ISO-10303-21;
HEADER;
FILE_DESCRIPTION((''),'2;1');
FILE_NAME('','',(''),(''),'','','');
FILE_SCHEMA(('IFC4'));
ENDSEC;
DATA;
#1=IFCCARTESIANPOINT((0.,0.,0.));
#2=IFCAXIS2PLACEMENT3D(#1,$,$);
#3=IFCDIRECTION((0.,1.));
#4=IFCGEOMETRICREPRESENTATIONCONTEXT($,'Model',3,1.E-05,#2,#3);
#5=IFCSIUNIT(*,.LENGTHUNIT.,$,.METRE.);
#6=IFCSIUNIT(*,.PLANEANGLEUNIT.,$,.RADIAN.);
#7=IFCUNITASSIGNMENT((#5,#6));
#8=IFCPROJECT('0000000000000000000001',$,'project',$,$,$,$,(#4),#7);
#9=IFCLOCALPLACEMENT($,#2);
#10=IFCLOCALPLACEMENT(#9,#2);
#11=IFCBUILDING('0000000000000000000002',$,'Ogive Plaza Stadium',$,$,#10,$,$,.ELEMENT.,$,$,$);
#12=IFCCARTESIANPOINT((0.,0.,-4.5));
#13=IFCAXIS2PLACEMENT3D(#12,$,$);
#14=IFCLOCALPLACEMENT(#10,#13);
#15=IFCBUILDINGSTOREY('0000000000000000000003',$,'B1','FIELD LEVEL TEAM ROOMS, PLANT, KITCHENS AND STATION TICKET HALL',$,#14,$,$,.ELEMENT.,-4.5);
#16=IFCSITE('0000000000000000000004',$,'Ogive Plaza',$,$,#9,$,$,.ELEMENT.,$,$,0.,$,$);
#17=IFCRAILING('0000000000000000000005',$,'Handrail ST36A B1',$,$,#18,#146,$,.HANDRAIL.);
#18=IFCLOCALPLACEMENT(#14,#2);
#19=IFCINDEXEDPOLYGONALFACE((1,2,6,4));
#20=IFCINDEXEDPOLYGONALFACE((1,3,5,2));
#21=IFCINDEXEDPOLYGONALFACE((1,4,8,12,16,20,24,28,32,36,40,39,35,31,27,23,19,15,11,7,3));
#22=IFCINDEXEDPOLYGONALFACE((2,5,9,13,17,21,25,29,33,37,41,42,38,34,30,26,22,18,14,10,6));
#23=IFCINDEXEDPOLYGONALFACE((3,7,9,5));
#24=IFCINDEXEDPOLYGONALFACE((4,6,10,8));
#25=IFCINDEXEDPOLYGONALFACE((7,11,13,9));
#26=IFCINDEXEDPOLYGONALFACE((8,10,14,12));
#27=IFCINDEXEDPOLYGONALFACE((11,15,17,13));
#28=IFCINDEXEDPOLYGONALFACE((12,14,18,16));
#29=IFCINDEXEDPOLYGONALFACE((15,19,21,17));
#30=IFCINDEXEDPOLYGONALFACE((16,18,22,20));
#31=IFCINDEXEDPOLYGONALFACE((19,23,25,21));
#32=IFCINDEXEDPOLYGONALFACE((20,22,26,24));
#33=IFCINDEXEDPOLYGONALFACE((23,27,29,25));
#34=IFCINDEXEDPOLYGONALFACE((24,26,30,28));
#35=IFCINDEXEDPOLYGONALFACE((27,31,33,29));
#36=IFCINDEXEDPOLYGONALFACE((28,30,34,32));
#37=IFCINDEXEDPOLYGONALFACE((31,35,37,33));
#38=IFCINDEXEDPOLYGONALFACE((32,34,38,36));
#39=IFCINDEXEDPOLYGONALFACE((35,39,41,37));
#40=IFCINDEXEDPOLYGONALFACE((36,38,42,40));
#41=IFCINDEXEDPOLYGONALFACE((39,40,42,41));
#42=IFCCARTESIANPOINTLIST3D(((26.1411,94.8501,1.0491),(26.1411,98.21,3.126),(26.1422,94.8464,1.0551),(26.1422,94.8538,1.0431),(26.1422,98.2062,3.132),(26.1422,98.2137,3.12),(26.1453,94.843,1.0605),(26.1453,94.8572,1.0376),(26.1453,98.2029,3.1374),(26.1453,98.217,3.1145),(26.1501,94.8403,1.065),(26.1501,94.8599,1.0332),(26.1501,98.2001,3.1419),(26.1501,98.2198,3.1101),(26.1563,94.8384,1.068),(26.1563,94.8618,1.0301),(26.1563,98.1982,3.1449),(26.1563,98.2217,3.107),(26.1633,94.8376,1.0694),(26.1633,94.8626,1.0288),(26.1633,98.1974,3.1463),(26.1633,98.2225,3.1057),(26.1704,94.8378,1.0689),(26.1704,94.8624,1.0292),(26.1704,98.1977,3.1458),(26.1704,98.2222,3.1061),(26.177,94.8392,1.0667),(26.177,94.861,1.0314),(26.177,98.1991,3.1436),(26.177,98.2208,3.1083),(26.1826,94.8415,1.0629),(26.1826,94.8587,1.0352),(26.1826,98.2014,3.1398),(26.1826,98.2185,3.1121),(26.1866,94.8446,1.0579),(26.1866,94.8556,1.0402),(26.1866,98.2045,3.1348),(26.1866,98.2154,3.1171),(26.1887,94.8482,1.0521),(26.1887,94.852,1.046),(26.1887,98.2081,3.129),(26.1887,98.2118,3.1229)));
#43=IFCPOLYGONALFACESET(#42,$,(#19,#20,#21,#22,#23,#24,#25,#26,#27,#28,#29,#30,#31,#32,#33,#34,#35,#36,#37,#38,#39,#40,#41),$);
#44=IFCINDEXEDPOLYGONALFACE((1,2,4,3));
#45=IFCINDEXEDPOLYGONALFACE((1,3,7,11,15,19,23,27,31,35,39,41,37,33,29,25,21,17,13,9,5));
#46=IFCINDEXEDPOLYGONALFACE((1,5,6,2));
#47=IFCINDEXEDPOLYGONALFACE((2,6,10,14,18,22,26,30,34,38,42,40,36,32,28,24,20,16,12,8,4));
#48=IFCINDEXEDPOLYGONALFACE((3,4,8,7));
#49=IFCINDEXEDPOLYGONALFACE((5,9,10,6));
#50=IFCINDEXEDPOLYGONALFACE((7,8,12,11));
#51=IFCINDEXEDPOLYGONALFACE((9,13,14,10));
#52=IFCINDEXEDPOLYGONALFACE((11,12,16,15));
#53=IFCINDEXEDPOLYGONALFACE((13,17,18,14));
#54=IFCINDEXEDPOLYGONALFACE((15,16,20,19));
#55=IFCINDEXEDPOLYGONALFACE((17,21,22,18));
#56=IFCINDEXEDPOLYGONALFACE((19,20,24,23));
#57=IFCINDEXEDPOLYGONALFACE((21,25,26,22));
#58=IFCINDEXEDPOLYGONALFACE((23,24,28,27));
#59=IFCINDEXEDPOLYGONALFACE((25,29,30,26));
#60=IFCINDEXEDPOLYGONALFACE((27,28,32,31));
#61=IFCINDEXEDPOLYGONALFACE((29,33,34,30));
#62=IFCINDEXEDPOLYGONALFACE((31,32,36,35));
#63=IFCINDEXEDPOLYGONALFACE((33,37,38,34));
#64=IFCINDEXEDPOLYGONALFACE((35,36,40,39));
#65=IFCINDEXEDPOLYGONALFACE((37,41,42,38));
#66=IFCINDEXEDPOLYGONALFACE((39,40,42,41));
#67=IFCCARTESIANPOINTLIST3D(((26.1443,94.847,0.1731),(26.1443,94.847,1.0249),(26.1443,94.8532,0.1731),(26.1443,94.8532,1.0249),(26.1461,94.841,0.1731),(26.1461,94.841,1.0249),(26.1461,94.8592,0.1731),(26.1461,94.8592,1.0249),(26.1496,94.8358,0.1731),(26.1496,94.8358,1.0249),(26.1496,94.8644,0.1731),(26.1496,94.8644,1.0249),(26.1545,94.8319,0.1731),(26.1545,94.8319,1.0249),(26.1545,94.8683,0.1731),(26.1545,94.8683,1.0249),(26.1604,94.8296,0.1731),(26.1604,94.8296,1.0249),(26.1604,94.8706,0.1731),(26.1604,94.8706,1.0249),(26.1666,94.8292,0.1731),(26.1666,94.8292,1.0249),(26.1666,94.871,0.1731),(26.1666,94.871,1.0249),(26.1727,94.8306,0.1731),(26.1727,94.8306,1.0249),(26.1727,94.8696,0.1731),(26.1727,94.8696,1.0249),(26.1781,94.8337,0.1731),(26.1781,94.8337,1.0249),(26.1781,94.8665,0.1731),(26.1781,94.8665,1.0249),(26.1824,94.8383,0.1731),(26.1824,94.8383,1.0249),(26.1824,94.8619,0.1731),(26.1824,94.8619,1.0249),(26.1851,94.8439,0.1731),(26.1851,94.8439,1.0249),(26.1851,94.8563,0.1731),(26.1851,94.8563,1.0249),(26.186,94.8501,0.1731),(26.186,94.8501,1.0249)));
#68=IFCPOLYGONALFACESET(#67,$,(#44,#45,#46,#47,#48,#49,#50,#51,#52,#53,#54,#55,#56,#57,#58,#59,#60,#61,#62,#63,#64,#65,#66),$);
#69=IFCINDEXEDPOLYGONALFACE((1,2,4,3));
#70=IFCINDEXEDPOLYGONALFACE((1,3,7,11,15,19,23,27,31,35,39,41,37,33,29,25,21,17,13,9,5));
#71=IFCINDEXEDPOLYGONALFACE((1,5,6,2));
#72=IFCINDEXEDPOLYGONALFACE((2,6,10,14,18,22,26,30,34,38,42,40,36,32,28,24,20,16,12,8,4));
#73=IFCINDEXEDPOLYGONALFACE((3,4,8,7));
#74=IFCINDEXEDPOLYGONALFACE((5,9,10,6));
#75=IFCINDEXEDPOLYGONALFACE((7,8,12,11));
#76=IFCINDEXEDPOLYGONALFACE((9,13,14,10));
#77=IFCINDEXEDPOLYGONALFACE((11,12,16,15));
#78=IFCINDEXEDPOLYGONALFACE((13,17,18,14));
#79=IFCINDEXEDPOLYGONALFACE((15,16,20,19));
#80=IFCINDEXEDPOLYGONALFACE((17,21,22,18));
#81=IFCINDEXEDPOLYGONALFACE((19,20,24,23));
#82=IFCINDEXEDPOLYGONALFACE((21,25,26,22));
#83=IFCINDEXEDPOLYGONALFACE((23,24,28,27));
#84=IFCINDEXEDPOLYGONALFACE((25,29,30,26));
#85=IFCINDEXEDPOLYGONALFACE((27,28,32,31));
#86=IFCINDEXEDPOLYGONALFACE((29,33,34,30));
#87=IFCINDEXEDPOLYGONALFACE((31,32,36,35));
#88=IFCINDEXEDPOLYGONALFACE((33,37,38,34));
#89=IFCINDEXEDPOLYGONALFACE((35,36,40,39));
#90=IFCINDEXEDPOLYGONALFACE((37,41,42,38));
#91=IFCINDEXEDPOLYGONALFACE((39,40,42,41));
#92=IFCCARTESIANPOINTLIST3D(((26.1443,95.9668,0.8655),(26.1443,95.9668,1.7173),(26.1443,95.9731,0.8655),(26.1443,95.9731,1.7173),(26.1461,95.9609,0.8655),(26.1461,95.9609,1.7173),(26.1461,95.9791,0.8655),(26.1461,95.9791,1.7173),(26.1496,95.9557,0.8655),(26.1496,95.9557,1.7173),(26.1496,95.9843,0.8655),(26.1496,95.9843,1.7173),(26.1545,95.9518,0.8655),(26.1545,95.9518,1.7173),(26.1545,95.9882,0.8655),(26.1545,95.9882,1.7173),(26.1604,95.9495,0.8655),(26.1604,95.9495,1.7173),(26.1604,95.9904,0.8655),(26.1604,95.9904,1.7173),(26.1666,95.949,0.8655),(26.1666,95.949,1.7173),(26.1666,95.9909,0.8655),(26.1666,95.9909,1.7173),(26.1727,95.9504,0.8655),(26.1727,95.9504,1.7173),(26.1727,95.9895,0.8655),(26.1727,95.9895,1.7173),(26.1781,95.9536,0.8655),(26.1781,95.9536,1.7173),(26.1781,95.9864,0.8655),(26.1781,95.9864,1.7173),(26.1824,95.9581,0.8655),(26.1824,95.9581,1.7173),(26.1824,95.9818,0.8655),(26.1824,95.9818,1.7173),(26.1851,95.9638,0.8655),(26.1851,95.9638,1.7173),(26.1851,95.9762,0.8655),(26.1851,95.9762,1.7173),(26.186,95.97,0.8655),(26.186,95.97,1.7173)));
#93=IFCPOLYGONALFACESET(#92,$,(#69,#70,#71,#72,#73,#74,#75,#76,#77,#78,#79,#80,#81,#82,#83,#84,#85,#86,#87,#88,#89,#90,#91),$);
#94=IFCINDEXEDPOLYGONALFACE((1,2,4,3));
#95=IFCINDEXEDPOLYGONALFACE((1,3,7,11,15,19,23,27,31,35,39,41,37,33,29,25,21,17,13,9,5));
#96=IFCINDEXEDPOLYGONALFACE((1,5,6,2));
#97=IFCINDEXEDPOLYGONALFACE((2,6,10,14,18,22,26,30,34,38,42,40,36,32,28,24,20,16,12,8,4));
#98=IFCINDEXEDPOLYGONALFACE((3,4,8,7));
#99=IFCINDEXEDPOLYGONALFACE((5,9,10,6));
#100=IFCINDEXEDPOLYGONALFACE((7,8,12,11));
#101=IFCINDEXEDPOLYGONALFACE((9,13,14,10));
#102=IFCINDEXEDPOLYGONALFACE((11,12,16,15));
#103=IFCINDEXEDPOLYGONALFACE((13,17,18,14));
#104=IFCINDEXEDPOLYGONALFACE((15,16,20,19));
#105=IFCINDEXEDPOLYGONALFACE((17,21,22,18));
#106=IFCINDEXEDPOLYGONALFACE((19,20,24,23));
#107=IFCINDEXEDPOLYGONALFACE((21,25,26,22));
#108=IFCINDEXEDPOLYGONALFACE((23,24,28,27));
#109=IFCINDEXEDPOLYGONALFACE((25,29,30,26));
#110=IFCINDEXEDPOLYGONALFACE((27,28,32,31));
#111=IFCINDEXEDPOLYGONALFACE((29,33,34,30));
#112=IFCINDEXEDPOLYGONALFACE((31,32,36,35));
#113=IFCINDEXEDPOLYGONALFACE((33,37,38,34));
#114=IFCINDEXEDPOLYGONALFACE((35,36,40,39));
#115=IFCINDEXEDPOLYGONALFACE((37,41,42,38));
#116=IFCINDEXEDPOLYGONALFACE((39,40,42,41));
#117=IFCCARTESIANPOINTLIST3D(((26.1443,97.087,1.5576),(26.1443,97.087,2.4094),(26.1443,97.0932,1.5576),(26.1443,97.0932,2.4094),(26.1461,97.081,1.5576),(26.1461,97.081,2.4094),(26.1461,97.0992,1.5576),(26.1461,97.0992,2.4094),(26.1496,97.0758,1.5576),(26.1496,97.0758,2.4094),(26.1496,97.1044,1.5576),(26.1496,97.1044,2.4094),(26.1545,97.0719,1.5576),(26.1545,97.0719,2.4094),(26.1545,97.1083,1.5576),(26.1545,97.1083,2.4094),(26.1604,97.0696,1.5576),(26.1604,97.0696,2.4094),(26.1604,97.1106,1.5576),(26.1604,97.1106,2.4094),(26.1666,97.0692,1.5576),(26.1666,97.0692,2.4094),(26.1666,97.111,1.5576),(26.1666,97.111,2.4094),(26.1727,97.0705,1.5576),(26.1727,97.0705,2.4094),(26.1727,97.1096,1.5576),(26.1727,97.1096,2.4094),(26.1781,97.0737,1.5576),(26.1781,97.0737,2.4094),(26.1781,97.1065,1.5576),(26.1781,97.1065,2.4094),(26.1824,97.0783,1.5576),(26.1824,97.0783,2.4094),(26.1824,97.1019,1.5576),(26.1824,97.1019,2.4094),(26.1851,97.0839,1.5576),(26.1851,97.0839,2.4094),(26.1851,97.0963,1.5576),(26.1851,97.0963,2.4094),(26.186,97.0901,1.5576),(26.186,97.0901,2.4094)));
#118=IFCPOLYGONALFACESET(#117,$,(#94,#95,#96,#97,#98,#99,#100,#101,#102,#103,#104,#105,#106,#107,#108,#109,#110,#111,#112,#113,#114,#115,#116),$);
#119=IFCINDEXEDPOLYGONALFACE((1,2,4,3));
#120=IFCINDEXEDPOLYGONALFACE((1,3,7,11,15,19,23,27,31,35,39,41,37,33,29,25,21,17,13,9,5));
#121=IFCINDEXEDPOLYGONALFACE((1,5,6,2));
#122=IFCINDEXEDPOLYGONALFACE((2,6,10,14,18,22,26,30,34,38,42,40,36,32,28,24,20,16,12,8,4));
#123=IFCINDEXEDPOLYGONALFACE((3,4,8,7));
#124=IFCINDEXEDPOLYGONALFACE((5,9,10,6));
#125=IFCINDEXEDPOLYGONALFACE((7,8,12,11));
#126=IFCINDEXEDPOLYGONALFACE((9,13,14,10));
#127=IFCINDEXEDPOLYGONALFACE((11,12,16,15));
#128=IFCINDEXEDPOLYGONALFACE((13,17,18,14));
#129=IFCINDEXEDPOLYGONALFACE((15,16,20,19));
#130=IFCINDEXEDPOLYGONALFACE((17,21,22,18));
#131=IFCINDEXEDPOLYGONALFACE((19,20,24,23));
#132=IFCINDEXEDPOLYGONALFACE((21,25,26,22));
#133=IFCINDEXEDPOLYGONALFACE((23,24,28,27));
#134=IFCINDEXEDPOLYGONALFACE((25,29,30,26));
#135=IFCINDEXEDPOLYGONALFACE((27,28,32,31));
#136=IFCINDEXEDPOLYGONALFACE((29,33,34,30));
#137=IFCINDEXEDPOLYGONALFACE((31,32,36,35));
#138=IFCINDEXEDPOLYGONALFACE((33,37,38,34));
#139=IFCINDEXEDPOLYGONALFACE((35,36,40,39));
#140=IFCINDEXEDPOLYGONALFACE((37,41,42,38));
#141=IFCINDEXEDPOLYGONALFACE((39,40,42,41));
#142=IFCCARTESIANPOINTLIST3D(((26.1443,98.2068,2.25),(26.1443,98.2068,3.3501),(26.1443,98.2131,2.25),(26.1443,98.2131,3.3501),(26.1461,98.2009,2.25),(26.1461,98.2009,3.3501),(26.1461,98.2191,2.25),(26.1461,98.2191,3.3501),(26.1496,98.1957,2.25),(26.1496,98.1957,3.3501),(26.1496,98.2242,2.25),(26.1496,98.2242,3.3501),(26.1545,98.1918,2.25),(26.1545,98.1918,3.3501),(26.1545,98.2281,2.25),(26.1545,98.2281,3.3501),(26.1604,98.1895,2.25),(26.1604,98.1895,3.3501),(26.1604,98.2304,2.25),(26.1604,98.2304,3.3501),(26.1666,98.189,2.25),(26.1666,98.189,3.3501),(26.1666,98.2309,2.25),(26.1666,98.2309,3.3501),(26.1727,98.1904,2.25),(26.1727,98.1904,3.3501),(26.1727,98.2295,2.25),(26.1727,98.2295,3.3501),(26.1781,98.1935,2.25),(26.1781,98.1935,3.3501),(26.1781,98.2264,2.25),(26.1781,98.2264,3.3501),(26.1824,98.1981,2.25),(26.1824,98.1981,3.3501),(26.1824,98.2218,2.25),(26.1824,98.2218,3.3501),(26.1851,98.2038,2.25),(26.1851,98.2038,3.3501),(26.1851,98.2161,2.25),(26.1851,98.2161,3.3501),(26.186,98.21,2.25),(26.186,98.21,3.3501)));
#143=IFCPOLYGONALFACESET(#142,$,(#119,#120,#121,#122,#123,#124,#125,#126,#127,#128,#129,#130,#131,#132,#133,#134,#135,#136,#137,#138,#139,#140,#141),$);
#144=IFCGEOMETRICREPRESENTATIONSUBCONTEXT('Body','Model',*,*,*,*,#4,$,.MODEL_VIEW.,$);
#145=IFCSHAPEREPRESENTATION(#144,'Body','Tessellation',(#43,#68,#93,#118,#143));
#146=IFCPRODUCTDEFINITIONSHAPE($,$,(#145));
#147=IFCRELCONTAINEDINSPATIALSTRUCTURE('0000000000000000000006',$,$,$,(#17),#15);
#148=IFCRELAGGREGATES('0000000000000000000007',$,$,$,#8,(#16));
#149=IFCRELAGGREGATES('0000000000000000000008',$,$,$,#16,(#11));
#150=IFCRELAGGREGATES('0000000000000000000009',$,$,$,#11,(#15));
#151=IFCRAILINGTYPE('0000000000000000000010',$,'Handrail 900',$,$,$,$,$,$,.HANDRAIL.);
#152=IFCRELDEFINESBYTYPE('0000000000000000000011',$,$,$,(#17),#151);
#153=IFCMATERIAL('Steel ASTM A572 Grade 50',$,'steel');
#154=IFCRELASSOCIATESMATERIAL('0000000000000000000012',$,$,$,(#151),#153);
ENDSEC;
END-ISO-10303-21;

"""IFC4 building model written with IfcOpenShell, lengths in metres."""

from ifc_helpers import new_model, si_unit, direction, frame, origin, origin_2d, place, context, subcontext, project, spatial, circle, extrude, material, type_object, element, save


model = new_model("IFC4")

# Units and contexts
model_context = context("Model", 3, precision=1e-05, world=origin(), true_north=direction((0.0, 1.0)))
body_context = subcontext(model_context, "Body", "Model", "MODEL_VIEW")
ifc_project = project(units=[si_unit("LENGTHUNIT", "METRE"), si_unit("PLANEANGLEUNIT", "RADIAN")], contexts=[model_context])

# Site, building, storey
site_placement = place(None, origin())
site = spatial("IfcSite", under=ifc_project, at=site_placement, Name="Ogive Plaza", CompositionType="ELEMENT", RefElevation=0.0)
building_placement = place(site_placement, origin())
building = spatial("IfcBuilding", under=site, at=building_placement, Name="Ogive Plaza Stadium", CompositionType="ELEMENT")
storey_placement = place(building_placement, frame((0.0, 0.0, -4.5)))
storey = spatial("IfcBuildingStorey", under=building, at=storey_placement, Name="B1", Description="FIELD LEVEL TEAM ROOMS, PLANT, KITCHENS AND STATION TICKET HALL", CompositionType="ELEMENT", Elevation=-4.5)

# Railing
ifc_material_1 = material(Name="Steel ASTM A572 Grade 50", Category="steel")
railing_type_1 = type_object("IfcRailingType", Name="Handrail 900", PredefinedType="HANDRAIL", material=ifc_material_1)
for number, where, name in (
    (1, (26.165, 94.8501, 0.1731), "Handrail ST36A B1"),
):
    element("IfcRailing", number, at=place(storey_placement, frame(where)), inside=storey, type_object=railing_type_1, Name=name, PredefinedType="HANDRAIL", context=body_context, shape_type="SweptSolid", body=[
        extrude(circle(Radius=0.0239, at=origin_2d()), frame((0.0, 0.0, 0.876), z_axis=(0.0, 0.850606, 0.525803), x_axis=(-1.0, 0.0, 0.0)), (0.0, 0.0, 1.0), 3.95),
        extrude(circle(Radius=0.021, at=origin_2d()), origin(), (0.0, 0.0, 1.0), 0.8518),
        extrude(circle(Radius=0.021, at=origin_2d()), frame((0.0, 1.1199, 0.6924)), (0.0, 0.0, 1.0), 0.8518),
        extrude(circle(Radius=0.021, at=origin_2d()), frame((0.0, 2.24, 1.3845)), (0.0, 0.0, 1.0), 0.8518),
        extrude(circle(Radius=0.021, at=origin_2d()), frame((0.0, 3.3599, 2.0769)), (0.0, 0.0, 1.0), 1.1001),
    ])

save(model, "model.ifc")
